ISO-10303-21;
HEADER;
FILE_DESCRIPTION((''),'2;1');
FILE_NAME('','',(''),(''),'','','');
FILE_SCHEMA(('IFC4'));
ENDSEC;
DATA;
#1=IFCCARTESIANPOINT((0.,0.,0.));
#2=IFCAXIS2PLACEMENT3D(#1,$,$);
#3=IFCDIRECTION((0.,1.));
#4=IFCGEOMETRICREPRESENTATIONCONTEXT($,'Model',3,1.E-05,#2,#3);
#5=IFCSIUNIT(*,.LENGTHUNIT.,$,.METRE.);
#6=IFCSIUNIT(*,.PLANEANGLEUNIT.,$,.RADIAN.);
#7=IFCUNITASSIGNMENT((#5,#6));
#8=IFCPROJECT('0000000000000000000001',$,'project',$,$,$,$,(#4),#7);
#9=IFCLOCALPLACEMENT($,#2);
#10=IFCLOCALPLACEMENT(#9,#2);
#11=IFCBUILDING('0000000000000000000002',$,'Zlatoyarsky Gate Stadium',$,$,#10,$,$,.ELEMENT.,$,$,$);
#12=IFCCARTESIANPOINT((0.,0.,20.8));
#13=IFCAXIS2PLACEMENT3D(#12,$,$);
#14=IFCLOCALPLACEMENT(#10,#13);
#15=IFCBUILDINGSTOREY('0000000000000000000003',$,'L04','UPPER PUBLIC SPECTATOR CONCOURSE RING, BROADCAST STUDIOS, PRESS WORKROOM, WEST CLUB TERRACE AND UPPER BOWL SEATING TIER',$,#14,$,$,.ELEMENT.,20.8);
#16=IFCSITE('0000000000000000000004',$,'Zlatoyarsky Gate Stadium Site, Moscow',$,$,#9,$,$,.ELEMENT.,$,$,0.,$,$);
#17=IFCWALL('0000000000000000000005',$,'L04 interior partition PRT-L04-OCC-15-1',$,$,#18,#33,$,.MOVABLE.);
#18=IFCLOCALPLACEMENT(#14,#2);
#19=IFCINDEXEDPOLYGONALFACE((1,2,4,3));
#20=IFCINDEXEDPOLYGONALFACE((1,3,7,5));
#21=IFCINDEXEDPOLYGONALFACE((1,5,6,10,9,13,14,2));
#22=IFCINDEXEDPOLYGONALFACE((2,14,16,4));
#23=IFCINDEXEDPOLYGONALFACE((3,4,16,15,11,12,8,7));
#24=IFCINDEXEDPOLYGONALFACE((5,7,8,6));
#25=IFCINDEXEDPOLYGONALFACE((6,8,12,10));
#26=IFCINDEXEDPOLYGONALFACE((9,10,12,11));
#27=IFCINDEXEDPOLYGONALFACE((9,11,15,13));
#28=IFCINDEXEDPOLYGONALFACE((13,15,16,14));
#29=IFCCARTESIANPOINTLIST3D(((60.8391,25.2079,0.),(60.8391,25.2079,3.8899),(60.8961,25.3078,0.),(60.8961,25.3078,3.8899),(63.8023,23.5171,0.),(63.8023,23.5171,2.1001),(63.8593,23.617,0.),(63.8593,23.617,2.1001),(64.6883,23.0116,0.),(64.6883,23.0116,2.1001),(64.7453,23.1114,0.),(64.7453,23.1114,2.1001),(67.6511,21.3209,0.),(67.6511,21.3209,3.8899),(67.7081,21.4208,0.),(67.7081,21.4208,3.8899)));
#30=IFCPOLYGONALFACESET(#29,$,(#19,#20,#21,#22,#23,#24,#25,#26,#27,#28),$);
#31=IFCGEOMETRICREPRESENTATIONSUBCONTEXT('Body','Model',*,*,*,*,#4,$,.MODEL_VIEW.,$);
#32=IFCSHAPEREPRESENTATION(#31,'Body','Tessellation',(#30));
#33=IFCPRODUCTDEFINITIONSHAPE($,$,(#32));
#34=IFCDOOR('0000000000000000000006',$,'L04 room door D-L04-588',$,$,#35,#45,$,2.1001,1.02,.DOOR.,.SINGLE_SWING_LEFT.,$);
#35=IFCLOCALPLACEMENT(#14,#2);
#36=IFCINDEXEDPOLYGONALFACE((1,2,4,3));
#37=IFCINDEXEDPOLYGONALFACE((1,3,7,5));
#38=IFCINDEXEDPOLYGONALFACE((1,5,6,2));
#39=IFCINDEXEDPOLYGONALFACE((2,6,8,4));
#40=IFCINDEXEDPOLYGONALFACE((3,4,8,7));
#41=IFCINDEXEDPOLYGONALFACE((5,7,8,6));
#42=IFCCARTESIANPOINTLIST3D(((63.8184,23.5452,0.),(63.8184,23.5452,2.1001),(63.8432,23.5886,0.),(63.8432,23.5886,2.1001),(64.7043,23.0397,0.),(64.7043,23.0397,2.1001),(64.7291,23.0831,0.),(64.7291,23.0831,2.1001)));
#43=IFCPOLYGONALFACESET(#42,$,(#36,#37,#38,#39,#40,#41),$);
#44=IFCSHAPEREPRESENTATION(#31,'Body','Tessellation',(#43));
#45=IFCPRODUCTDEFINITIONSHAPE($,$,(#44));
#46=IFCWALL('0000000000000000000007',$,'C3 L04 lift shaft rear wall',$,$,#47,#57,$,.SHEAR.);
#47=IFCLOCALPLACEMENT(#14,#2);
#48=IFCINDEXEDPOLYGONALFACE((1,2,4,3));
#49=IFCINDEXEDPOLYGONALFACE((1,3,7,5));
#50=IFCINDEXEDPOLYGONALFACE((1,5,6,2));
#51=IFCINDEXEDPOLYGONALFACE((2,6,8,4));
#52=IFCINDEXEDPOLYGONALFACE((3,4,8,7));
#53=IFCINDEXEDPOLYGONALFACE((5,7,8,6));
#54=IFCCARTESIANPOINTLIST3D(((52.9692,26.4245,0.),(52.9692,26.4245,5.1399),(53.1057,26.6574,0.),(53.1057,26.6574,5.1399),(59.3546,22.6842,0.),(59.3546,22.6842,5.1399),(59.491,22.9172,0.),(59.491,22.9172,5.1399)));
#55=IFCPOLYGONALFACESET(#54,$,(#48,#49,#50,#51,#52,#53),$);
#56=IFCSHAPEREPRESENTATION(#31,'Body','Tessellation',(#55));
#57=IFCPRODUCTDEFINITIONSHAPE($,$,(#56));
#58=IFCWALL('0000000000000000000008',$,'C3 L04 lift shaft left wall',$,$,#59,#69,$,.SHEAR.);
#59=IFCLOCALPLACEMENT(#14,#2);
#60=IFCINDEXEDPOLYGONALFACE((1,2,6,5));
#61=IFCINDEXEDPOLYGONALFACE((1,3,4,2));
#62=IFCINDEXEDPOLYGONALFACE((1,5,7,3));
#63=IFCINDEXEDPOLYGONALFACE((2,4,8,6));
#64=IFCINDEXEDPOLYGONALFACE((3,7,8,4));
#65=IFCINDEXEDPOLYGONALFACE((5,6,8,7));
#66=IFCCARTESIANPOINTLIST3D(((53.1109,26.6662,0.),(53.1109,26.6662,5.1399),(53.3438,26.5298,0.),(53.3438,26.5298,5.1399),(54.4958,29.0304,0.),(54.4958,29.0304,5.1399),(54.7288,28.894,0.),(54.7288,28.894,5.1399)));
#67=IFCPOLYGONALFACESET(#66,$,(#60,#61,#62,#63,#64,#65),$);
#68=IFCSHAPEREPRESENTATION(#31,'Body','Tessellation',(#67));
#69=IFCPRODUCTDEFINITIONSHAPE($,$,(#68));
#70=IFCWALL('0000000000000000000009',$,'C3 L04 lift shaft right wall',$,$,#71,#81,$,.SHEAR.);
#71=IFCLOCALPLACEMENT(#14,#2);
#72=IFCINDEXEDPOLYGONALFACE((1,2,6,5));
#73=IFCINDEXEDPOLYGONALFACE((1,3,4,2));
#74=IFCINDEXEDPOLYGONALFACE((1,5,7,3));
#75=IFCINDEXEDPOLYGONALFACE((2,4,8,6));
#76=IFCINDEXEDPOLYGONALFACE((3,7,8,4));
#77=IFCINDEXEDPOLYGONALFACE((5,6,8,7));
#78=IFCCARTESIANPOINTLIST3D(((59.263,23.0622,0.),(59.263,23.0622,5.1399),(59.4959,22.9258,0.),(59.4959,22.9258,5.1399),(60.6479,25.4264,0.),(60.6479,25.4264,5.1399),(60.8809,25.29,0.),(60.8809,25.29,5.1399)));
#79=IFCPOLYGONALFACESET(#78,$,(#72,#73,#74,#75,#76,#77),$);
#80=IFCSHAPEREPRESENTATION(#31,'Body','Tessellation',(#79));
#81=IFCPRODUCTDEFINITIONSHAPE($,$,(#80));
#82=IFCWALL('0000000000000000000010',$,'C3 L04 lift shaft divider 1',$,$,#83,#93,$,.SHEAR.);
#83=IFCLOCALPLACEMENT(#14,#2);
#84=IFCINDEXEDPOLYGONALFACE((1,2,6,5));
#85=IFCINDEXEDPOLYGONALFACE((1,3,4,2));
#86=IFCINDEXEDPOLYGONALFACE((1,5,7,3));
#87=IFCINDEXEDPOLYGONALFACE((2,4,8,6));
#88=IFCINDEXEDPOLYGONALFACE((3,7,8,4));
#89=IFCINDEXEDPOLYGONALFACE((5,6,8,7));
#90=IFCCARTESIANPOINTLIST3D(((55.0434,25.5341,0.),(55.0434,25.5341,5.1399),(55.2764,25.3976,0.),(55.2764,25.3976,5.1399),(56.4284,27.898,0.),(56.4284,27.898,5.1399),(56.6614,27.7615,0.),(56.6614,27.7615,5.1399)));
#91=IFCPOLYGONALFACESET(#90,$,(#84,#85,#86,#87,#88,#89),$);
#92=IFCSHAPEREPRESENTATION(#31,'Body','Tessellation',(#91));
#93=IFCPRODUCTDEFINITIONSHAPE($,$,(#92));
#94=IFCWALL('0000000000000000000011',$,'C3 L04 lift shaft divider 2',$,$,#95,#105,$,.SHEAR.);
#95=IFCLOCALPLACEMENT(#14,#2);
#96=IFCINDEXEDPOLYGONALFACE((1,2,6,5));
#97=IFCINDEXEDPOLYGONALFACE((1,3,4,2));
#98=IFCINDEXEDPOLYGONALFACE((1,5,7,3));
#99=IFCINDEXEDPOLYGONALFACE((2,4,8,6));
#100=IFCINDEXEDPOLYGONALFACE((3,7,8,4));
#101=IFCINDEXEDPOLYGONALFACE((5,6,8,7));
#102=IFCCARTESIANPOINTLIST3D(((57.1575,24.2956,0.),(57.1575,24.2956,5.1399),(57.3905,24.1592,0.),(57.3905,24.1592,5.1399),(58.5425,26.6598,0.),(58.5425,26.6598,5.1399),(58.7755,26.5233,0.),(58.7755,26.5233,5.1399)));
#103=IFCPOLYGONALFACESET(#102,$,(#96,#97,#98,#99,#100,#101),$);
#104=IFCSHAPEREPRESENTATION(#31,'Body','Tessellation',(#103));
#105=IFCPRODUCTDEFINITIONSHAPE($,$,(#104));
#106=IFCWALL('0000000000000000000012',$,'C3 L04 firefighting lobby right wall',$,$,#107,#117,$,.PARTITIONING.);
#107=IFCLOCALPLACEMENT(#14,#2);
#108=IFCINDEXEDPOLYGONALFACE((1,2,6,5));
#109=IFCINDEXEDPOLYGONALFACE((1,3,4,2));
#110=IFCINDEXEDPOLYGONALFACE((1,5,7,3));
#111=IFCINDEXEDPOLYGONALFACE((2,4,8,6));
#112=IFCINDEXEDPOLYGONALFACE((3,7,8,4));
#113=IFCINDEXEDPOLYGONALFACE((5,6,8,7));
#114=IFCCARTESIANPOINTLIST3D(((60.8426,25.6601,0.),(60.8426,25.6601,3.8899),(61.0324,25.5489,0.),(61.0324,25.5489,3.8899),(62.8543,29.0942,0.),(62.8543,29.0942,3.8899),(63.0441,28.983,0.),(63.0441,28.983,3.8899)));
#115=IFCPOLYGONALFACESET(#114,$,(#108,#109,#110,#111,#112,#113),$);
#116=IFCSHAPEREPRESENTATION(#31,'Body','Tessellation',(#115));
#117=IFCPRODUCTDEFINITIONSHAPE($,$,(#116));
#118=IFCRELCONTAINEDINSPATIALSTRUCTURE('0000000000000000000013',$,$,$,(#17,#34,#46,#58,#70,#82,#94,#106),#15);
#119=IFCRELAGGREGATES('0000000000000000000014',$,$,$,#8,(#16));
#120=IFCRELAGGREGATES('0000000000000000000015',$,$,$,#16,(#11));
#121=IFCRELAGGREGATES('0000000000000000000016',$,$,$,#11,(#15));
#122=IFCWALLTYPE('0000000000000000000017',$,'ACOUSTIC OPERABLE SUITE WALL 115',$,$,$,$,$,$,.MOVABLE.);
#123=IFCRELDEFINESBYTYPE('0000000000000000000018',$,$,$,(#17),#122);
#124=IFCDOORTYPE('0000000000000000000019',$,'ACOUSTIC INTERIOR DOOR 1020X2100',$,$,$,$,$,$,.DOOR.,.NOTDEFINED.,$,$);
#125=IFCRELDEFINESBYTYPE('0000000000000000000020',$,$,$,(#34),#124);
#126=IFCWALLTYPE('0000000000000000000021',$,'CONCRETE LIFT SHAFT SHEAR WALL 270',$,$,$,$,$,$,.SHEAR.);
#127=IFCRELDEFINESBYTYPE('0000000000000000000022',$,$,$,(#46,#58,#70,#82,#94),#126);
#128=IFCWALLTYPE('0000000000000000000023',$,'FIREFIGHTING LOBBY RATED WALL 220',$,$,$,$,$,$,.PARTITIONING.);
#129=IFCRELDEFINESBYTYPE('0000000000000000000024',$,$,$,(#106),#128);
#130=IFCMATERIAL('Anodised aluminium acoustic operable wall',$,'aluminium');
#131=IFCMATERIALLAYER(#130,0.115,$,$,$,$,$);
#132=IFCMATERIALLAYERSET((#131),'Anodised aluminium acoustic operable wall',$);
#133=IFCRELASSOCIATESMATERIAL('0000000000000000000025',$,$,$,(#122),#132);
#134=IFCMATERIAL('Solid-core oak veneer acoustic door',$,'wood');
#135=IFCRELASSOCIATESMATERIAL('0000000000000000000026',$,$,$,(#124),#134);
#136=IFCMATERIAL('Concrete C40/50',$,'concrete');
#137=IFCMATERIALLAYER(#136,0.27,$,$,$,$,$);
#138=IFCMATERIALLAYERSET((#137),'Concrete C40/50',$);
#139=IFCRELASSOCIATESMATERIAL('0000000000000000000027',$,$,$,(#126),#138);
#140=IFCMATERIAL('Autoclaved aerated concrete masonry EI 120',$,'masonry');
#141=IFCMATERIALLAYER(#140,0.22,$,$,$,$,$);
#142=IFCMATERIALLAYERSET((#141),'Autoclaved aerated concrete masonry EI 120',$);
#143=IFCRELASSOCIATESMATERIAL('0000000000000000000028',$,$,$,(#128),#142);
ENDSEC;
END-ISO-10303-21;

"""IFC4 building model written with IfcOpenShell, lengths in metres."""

from ifc_helpers import new_model, si_unit, direction, frame, frame_2d, origin, place, context, subcontext, project, spatial, rectangle, extrude, material, layer, layer_set, type_object, element, fill, save


model = new_model("IFC4")

# Units and contexts
model_context = context("Model", 3, precision=1e-05, world=origin(), true_north=direction((0.0, 1.0)))
body_context = subcontext(model_context, "Body", "Model", "MODEL_VIEW")
ifc_project = project(units=[si_unit("LENGTHUNIT", "METRE"), si_unit("PLANEANGLEUNIT", "RADIAN")], contexts=[model_context])

# Site, building, storey
site_placement = place(None, origin())
site = spatial("IfcSite", under=ifc_project, at=site_placement, Name="Zlatoyarsky Gate Stadium Site, Moscow", CompositionType="ELEMENT", RefElevation=0.0)
building_placement = place(site_placement, origin())
building = spatial("IfcBuilding", under=site, at=building_placement, Name="Zlatoyarsky Gate Stadium", CompositionType="ELEMENT")
storey_placement = place(building_placement, frame((0.0, 0.0, 20.8)))
storey = spatial("IfcBuildingStorey", under=building, at=storey_placement, Name="L04", Description="UPPER PUBLIC SPECTATOR CONCOURSE RING, BROADCAST STUDIOS, PRESS WORKROOM, WEST CLUB TERRACE AND UPPER BOWL SEATING TIER", CompositionType="ELEMENT", Elevation=20.8)

# Wall, opening, door
ifc_material_1 = material(Name="Anodised aluminium acoustic operable wall", Category="aluminium")
ifc_layer_1 = layer(ifc_material_1, 0.115)
ifc_layer_set_1 = layer_set([ifc_layer_1], Name="Anodised aluminium acoustic operable wall")
wall_type_1 = type_object("IfcWallType", Name="ACOUSTIC OPERABLE SUITE WALL 115", PredefinedType="MOVABLE", material=ifc_layer_set_1)
wall_1_placement = place(storey_placement, frame((60.8677, 25.2578, 0.0), z_axis=(0.0, 0.0, 1.0), x_axis=(0.868551, -0.495599, 0.0)))
wall_1 = element("IfcWall", 1, at=wall_1_placement, inside=storey, type_object=wall_type_1, Name="L04 interior partition PRT-L04-OCC-15-1", PredefinedType="MOVABLE", context=body_context, shape_type="SweptSolid", body=[
    extrude(rectangle(XDim=7.843, YDim=0.115, at=frame_2d((3.9214, 0.0))), origin(), (0.0, 0.0, 1.0), 3.8899),
])
opening_placement = place(wall_1_placement, frame((3.4116, 0.0, 0.0)))
opening = element("IfcOpeningElement", 2, at=opening_placement, cuts=wall_1, PredefinedType="OPENING", context=body_context, shape_type="SweptSolid", body=[
    extrude(rectangle(XDim=1.02, YDim=2.1001, at=frame_2d((0.51, 1.05))), frame((0.0, 0.0674, 0.0), z_axis=(0.0, -1.0, 0.0), x_axis=(1.0, 0.0, 0.0)), (0.0, 0.0, 1.0), 0.135),
])
ifc_material_2 = material(Name="Solid-core oak veneer acoustic door", Category="wood")
door_type = type_object("IfcDoorType", Name="ACOUSTIC INTERIOR DOOR 1020X2100", OperationType="NOTDEFINED", PredefinedType="DOOR", material=ifc_material_2)
door_placement = place(opening_placement, origin())
door = element("IfcDoor", 3, at=door_placement, inside=storey, type_object=door_type, Name="L04 room door D-L04-588", OperationType="SINGLE_SWING_LEFT", OverallHeight=2.1001, OverallWidth=1.02, PredefinedType="DOOR", context=body_context, shape_type="SweptSolid", body=[
    extrude(rectangle(XDim=1.02, YDim=2.1001, at=frame_2d((0.51, 1.05))), frame((0.0, 0.0249, 0.0), z_axis=(0.0, -1.0, 0.0), x_axis=(1.0, 0.0, 0.0)), (0.0, 0.0, 1.0), 0.05),
])
fill(opening, door)

# Walls
ifc_material_3 = material(Name="Concrete C40/50", Category="concrete")
ifc_layer_2 = layer(ifc_material_3, 0.27)
ifc_layer_set_2 = layer_set([ifc_layer_2], Name="Concrete C40/50")
wall_type_2 = type_object("IfcWallType", Name="CONCRETE LIFT SHAFT SHEAR WALL 270", PredefinedType="SHEAR", material=ifc_layer_set_2)
wall_2_placement = place(storey_placement, frame((53.0374, 26.541, 0.0), z_axis=(0.0, 0.0, 1.0), x_axis=(0.862866, -0.505433, 0.0)))
element("IfcWall", 4, at=wall_2_placement, inside=storey, type_object=wall_type_2, Name="C3 L04 lift shaft rear wall", PredefinedType="SHEAR", context=body_context, shape_type="SweptSolid", body=[
    extrude(rectangle(XDim=7.4001, YDim=0.27, at=frame_2d((3.7002, 0.0))), origin(), (0.0, 0.0, 1.0), 5.1399),
])
for number, where, z_axis, x_axis, name in (
    (5, (53.2273, 26.5979, 0.0), (0.0, 0.0, 1.0), (0.505466, 0.862847, 0.0), "C3 L04 lift shaft left wall"),
    (6, (59.3794, 22.9939, 0.0), (0.0, 0.0, 1.0), (0.505466, 0.862847, 0.0), "C3 L04 lift shaft right wall"),
):
    element("IfcWall", number, at=place(storey_placement, frame(where, z_axis=z_axis, x_axis=x_axis)), inside=storey, type_object=wall_type_2, Name=name, PredefinedType="SHEAR", context=body_context, shape_type="SweptSolid", body=[
        extrude(rectangle(XDim=2.74, YDim=0.27, at=frame_2d((1.3701, 0.0))), origin(), (0.0, 0.0, 1.0), 5.1399),
    ])
wall_3_placement = place(storey_placement, frame((55.1599, 25.4658, 0.0), z_axis=(0.0, 0.0, 1.0), x_axis=(0.505505, 0.862824, 0.0)))
element("IfcWall", 7, at=wall_3_placement, inside=storey, type_object=wall_type_2, Name="C3 L04 lift shaft divider 1", PredefinedType="SHEAR", context=body_context, shape_type="SweptSolid", body=[
    extrude(rectangle(XDim=2.7397, YDim=0.27, at=frame_2d((1.3699, 0.0))), origin(), (0.0, 0.0, 1.0), 5.1399),
])
wall_4_placement = place(storey_placement, frame((57.2739, 24.2273, 0.0), z_axis=(0.0, 0.0, 1.0), x_axis=(0.505466, 0.862847, 0.0)))
element("IfcWall", 8, at=wall_4_placement, inside=storey, type_object=wall_type_2, Name="C3 L04 lift shaft divider 2", PredefinedType="SHEAR", context=body_context, shape_type="SweptSolid", body=[
    extrude(rectangle(XDim=2.74, YDim=0.27, at=frame_2d((1.3701, 0.0))), origin(), (0.0, 0.0, 1.0), 5.1399),
])
ifc_material_4 = material(Name="Autoclaved aerated concrete masonry EI 120", Category="masonry")
ifc_layer_3 = layer(ifc_material_4, 0.22)
ifc_layer_set_3 = layer_set([ifc_layer_3], Name="Autoclaved aerated concrete masonry EI 120")
wall_type_3 = type_object("IfcWallType", Name="FIREFIGHTING LOBBY RATED WALL 220", PredefinedType="PARTITIONING", material=ifc_layer_set_3)
wall_5_placement = place(storey_placement, frame((60.9375, 25.6045, 0.0), z_axis=(0.0, 0.0, 1.0), x_axis=(0.505464, 0.862847, 0.0)))
element("IfcWall", 9, at=wall_5_placement, inside=storey, type_object=wall_type_3, Name="C3 L04 firefighting lobby right wall", PredefinedType="PARTITIONING", context=body_context, shape_type="SweptSolid", body=[
    extrude(rectangle(XDim=3.98, YDim=0.22, at=frame_2d((1.99, 0.0))), origin(), (0.0, 0.0, 1.0), 3.8899),
])

save(model, "model.ifc")
